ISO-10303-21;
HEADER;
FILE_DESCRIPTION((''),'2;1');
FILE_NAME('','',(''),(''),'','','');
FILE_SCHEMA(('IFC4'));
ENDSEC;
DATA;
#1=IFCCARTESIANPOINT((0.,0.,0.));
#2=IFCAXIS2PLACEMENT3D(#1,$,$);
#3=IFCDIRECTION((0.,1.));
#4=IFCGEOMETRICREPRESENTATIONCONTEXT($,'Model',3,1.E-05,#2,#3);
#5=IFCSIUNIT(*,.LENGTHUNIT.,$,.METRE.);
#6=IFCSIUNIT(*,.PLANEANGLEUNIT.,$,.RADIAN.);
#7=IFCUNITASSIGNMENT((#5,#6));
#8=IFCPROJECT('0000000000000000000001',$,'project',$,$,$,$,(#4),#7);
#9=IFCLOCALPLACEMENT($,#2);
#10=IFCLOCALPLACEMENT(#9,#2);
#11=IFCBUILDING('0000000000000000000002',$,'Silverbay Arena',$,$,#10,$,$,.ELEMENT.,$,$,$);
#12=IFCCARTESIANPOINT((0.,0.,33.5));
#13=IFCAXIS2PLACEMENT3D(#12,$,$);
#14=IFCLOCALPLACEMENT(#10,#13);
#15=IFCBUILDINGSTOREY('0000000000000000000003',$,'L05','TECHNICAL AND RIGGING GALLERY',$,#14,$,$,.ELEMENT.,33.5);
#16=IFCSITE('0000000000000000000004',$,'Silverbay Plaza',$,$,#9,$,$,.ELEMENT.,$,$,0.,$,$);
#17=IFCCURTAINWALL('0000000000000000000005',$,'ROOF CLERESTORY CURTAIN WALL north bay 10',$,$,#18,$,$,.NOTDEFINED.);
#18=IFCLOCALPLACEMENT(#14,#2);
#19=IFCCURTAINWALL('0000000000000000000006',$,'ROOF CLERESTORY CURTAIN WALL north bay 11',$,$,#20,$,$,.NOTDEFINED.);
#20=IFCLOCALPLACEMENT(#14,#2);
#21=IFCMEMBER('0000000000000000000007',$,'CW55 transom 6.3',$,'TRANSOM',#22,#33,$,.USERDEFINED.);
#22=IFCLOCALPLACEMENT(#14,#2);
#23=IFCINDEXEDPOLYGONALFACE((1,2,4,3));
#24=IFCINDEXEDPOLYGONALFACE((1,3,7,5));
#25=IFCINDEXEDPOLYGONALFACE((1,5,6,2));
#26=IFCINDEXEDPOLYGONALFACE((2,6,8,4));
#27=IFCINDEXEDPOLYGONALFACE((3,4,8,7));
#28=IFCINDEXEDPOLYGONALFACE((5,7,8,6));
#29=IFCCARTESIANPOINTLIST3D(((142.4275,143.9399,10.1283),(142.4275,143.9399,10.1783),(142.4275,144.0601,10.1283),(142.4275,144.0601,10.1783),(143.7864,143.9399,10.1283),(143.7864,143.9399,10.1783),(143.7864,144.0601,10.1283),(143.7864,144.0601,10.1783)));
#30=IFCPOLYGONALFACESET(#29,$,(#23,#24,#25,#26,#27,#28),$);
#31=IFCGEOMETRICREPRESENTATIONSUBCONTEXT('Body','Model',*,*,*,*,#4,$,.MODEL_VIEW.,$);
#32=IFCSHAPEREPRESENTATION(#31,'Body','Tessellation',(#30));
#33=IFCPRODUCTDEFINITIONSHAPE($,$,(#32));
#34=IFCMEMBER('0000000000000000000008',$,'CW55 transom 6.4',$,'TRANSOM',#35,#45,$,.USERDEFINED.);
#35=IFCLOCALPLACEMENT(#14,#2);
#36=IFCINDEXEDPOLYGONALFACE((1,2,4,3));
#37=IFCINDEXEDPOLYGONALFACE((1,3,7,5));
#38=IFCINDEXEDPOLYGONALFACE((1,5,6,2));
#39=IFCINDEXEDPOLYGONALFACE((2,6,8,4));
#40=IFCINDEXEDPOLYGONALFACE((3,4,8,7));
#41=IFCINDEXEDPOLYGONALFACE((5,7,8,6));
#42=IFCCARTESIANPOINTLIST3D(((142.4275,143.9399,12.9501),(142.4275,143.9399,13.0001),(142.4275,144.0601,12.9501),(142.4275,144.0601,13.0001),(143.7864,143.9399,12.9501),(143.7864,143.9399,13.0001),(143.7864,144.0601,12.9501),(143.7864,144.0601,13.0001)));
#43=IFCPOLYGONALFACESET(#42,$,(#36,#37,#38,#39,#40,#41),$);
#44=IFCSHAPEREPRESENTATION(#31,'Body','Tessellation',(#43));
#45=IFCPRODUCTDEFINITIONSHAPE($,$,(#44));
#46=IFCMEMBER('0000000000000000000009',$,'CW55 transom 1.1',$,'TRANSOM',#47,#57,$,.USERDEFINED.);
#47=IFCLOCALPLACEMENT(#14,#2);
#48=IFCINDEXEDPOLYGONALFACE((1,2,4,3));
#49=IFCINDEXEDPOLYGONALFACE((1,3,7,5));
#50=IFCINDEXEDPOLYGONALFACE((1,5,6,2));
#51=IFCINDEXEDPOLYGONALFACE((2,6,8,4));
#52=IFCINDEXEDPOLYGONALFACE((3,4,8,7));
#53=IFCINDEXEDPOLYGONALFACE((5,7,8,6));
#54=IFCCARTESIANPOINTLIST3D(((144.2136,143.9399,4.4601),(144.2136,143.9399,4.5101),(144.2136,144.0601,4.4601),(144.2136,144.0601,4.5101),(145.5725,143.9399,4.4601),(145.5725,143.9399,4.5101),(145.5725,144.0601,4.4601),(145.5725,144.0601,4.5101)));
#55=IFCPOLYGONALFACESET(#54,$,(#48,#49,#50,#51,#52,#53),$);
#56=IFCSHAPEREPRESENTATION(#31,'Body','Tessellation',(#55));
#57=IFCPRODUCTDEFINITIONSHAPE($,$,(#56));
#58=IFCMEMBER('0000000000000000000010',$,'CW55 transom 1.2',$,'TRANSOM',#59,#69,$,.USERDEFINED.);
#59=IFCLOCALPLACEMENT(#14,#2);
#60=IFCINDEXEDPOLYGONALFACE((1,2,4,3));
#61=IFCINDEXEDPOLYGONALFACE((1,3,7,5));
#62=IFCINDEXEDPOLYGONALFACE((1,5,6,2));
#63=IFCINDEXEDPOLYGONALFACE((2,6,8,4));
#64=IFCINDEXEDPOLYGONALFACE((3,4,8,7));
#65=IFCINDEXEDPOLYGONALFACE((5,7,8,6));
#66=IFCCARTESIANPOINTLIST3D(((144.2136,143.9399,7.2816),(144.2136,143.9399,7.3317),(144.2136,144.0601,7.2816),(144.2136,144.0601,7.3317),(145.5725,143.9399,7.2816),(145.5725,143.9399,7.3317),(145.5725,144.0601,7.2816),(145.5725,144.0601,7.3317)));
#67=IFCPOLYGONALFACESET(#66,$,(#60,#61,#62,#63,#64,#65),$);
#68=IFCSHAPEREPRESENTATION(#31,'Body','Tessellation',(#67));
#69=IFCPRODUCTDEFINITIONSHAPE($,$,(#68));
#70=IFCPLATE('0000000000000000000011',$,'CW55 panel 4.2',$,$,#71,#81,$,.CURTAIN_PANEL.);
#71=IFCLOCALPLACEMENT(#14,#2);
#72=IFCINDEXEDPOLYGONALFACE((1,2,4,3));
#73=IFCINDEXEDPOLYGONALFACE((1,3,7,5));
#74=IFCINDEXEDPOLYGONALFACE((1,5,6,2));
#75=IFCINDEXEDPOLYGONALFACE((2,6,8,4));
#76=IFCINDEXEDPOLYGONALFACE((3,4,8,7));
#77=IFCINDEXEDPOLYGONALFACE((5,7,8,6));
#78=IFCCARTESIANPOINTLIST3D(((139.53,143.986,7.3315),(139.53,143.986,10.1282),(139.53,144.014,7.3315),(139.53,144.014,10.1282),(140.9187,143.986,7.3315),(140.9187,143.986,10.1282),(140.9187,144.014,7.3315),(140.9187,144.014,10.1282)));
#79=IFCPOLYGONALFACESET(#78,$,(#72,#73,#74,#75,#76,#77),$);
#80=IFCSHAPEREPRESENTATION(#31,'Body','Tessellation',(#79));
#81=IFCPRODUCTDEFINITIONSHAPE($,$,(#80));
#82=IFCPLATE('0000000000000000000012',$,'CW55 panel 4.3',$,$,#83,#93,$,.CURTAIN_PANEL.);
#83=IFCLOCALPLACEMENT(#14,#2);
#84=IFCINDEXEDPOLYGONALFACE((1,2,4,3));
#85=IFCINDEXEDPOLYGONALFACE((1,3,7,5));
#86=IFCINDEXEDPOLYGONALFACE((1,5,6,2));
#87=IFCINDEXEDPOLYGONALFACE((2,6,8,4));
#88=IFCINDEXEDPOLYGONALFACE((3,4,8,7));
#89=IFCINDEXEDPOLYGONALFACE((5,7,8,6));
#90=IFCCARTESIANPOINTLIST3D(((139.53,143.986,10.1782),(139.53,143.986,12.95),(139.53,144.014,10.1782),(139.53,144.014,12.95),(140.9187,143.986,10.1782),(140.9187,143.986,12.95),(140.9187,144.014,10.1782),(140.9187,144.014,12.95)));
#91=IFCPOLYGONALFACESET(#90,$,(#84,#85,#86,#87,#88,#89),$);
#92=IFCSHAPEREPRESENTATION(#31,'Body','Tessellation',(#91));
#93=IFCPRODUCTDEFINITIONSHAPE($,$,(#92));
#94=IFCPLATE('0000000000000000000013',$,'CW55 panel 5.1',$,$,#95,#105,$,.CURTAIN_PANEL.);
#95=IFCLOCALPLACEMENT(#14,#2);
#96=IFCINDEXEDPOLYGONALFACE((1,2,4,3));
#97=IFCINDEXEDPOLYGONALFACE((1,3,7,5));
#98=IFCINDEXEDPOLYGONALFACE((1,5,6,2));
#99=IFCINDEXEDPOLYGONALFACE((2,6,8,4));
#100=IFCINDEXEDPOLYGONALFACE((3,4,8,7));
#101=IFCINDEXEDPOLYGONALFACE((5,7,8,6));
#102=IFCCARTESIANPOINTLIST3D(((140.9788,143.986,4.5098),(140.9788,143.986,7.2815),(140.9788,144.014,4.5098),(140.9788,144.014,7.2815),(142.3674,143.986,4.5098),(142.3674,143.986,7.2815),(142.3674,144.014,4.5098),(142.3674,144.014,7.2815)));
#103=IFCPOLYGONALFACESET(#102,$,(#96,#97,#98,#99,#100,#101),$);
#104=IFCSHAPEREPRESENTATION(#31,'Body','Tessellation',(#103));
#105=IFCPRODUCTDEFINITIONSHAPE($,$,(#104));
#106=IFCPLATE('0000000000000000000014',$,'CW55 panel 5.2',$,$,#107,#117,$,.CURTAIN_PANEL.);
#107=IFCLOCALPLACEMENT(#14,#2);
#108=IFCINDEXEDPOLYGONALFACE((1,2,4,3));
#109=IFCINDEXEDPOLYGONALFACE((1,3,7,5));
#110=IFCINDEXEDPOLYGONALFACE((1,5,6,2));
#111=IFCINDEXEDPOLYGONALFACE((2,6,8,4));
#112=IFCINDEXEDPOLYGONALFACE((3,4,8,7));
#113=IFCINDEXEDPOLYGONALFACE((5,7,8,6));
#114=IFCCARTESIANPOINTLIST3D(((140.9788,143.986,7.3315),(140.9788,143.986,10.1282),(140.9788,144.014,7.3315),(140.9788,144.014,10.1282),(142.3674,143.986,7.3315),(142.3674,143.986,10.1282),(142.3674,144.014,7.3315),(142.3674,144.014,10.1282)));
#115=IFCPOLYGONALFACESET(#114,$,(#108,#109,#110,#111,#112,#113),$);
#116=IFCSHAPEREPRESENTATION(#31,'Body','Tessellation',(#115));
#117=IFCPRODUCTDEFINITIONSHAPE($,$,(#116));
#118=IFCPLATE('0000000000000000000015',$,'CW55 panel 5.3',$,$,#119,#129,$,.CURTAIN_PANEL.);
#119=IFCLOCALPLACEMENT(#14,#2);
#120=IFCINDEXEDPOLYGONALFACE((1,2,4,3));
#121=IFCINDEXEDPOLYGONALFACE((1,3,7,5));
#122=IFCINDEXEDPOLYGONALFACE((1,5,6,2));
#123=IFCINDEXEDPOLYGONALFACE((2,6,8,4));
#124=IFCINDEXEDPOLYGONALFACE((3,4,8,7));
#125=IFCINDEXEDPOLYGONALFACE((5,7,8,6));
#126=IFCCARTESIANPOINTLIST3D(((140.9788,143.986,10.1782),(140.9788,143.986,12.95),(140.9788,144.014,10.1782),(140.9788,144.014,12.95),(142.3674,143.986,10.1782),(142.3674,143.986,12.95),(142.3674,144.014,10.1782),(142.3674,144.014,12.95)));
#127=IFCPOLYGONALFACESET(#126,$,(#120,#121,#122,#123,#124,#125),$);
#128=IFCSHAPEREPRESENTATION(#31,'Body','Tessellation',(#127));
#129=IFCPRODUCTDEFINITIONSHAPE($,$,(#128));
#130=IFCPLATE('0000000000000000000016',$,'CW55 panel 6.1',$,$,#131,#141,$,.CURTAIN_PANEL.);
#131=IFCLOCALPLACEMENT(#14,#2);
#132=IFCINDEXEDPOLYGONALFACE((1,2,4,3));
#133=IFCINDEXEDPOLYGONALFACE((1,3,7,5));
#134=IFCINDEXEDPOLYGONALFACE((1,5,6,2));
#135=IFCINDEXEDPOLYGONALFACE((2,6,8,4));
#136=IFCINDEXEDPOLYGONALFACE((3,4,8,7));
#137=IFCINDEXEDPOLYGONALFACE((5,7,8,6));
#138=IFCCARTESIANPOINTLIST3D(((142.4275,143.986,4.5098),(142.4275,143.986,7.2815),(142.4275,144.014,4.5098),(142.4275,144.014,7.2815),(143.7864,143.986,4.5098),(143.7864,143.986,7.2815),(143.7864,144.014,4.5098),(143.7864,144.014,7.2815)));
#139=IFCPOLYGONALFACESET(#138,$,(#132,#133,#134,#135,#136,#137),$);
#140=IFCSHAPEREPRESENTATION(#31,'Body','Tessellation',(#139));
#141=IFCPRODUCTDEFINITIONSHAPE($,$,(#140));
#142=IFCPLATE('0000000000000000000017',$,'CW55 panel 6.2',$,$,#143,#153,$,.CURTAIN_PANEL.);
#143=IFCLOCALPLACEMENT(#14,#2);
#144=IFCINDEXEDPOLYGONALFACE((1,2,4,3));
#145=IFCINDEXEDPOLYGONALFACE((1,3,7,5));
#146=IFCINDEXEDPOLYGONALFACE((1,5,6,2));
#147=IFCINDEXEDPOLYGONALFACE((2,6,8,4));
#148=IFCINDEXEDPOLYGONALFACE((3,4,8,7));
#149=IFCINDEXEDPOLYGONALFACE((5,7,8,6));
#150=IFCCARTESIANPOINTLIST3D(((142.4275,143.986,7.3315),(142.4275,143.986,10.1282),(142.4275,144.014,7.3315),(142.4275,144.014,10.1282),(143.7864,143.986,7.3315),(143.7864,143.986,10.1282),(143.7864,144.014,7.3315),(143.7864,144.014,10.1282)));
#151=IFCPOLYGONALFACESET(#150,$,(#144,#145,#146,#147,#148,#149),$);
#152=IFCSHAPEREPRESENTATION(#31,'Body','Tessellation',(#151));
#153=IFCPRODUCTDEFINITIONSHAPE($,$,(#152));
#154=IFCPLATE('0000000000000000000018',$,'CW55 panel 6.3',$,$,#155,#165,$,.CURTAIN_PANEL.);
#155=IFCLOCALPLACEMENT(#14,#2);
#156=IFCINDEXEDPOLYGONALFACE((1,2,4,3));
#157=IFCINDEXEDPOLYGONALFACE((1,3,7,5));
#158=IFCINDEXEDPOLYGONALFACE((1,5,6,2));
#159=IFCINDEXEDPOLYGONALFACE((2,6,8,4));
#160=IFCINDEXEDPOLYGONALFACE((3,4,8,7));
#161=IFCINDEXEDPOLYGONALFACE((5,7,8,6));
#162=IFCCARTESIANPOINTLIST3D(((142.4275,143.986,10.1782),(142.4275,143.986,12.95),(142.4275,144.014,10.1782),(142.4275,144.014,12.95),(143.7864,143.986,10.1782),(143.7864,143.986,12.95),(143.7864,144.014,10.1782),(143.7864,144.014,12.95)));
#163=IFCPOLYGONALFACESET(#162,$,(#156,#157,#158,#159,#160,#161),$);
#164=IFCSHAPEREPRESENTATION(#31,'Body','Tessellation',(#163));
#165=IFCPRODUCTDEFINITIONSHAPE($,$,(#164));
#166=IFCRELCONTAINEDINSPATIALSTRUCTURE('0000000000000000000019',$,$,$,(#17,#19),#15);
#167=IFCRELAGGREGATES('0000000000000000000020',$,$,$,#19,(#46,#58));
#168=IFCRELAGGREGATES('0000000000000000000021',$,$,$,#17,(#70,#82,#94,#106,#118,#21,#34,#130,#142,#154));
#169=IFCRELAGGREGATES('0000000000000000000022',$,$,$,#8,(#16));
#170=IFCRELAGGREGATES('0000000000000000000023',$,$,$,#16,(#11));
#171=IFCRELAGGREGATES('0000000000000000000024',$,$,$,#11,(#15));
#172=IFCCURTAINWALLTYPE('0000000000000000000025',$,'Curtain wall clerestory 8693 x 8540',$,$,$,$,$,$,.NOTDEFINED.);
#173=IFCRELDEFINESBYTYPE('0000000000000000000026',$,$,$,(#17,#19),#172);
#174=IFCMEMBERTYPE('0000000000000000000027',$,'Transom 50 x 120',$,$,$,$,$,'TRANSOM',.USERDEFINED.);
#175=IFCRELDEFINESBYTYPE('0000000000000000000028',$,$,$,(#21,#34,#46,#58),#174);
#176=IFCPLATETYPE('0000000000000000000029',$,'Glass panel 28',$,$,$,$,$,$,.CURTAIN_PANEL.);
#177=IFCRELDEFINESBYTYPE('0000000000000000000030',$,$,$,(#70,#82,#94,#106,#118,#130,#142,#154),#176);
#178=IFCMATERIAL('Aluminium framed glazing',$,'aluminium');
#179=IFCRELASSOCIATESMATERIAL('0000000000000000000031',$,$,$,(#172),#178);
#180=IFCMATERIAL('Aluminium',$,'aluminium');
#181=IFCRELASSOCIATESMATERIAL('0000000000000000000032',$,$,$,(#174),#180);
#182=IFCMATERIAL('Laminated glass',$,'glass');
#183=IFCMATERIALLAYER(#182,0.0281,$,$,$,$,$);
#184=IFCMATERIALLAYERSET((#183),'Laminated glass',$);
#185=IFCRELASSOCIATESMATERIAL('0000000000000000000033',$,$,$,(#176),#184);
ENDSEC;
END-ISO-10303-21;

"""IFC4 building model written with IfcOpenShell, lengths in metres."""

from ifc_helpers import new_model, si_unit, direction, frame, origin, origin_2d, place, context, subcontext, project, spatial, rectangle, extrude, material, layer, layer_set, material_profile, profile_set, type_object, element, aggregate, save


model = new_model("IFC4")

# Units and contexts
model_context = context("Model", 3, precision=1e-05, world=origin(), true_north=direction((0.0, 1.0)))
body_context = subcontext(model_context, "Body", "Model", "MODEL_VIEW")
ifc_project = project(units=[si_unit("LENGTHUNIT", "METRE"), si_unit("PLANEANGLEUNIT", "RADIAN")], contexts=[model_context])

# Site, building, storey
site_placement = place(None, origin())
site = spatial("IfcSite", under=ifc_project, at=site_placement, Name="Silverbay Plaza", CompositionType="ELEMENT", RefElevation=0.0)
building_placement = place(site_placement, origin())
building = spatial("IfcBuilding", under=site, at=building_placement, Name="Silverbay Arena", CompositionType="ELEMENT")
storey_placement = place(building_placement, frame((0.0, 0.0, 33.5)))
storey = spatial("IfcBuildingStorey", under=building, at=storey_placement, Name="L05", Description="TECHNICAL AND RIGGING GALLERY", CompositionType="ELEMENT", Elevation=33.5)

# Curtain wall
ifc_material_1 = material(Name="Aluminium framed glazing", Category="aluminium")
curtain_wall_type = type_object("IfcCurtainWallType", Name="Curtain wall clerestory 8693 x 8540", PredefinedType="NOTDEFINED", material=ifc_material_1)
curtain_wall_1_placement = place(storey_placement, origin())
curtain_wall_1 = element("IfcCurtainWall", 1, at=curtain_wall_1_placement, inside=storey, type_object=curtain_wall_type, Name="ROOF CLERESTORY CURTAIN WALL north bay 10", PredefinedType="NOTDEFINED")

# Curtain wall
curtain_wall_2_placement = place(storey_placement, origin())
curtain_wall_2 = element("IfcCurtainWall", 2, at=curtain_wall_2_placement, inside=storey, type_object=curtain_wall_type, Name="ROOF CLERESTORY CURTAIN WALL north bay 11", PredefinedType="NOTDEFINED")

# Members
ifc_material_2 = material(Name="Aluminium", Category="aluminium")
ifc_material_profile_1 = material_profile(ifc_material_2, rectangle(XDim=0.1201, YDim=0.05, at=origin_2d()), Name="Transom 50 x 120")
ifc_profile_set_1 = profile_set([ifc_material_profile_1], Name="Aluminium")
member_type_1 = type_object("IfcMemberType", Name="Transom 50 x 120", ElementType="TRANSOM", PredefinedType="USERDEFINED", material=ifc_profile_set_1)
member_1_placement = place(storey_placement, frame((142.4275, 144.0, 10.1533), z_axis=(1.0, 0.0, 0.0), x_axis=(0.0, 1.0, 0.0)))
member_1 = element("IfcMember", 3, at=member_1_placement, type_object=member_type_1, Name="CW55 transom 6.3", ObjectType="TRANSOM", PredefinedType="USERDEFINED", context=body_context, shape_type="SweptSolid", body=[
    extrude(rectangle(XDim=0.1201, YDim=0.05, at=origin_2d()), origin(), (0.0, 0.0, 1.0), 1.3589),
])
member_2_placement = place(storey_placement, frame((142.4275, 144.0, 12.9751), z_axis=(1.0, 0.0, 0.0), x_axis=(0.0, 1.0, 0.0)))
member_2 = element("IfcMember", 4, at=member_2_placement, type_object=member_type_1, Name="CW55 transom 6.4", ObjectType="TRANSOM", PredefinedType="USERDEFINED", context=body_context, shape_type="SweptSolid", body=[
    extrude(rectangle(XDim=0.1201, YDim=0.05, at=origin_2d()), origin(), (0.0, 0.0, 1.0), 1.3589),
])
member_3_placement = place(storey_placement, frame((144.2136, 144.0, 4.4851), z_axis=(1.0, 0.0, 0.0), x_axis=(0.0, 1.0, 0.0)))
member_3 = element("IfcMember", 5, at=member_3_placement, type_object=member_type_1, Name="CW55 transom 1.1", ObjectType="TRANSOM", PredefinedType="USERDEFINED", context=body_context, shape_type="SweptSolid", body=[
    extrude(rectangle(XDim=0.1201, YDim=0.05, at=origin_2d()), origin(), (0.0, 0.0, 1.0), 1.3589),
])
member_4_placement = place(storey_placement, frame((144.2136, 144.0, 7.3066), z_axis=(1.0, 0.0, 0.0), x_axis=(0.0, 1.0, 0.0)))
member_4 = element("IfcMember", 6, at=member_4_placement, type_object=member_type_1, Name="CW55 transom 1.2", ObjectType="TRANSOM", PredefinedType="USERDEFINED", context=body_context, shape_type="SweptSolid", body=[
    extrude(rectangle(XDim=0.1201, YDim=0.05, at=origin_2d()), origin(), (0.0, 0.0, 1.0), 1.3589),
])
aggregate(curtain_wall_2, [member_3, member_4])

# Plates
ifc_material_3 = material(Name="Laminated glass", Category="glass")
ifc_layer = layer(ifc_material_3, 0.0281)
ifc_layer_set = layer_set([ifc_layer], Name="Laminated glass")
plate_type = type_object("IfcPlateType", Name="Glass panel 28", PredefinedType="CURTAIN_PANEL", material=ifc_layer_set)
plate_1_placement = place(storey_placement, frame((140.2244, 144.0, 7.3315), z_axis=(0.0, 0.0, 1.0), x_axis=(1.0, 0.0, 0.0)))
plate_1 = element("IfcPlate", 7, at=plate_1_placement, type_object=plate_type, Name="CW55 panel 4.2", PredefinedType="CURTAIN_PANEL", context=body_context, shape_type="SweptSolid", body=[
    extrude(rectangle(XDim=1.3887, YDim=0.0281, at=origin_2d()), origin(), (0.0, 0.0, 1.0), 2.7966),
])
plate_2_placement = place(storey_placement, frame((140.2244, 144.0, 10.1782), z_axis=(0.0, 0.0, 1.0), x_axis=(1.0, 0.0, 0.0)))
plate_2 = element("IfcPlate", 8, at=plate_2_placement, type_object=plate_type, Name="CW55 panel 4.3", PredefinedType="CURTAIN_PANEL", context=body_context, shape_type="SweptSolid", body=[
    extrude(rectangle(XDim=1.3887, YDim=0.0281, at=origin_2d()), origin(), (0.0, 0.0, 1.0), 2.7717),
])
plate_3_placement = place(storey_placement, frame((141.6731, 144.0, 4.5098), z_axis=(0.0, 0.0, 1.0), x_axis=(1.0, 0.0, 0.0)))
plate_3 = element("IfcPlate", 9, at=plate_3_placement, type_object=plate_type, Name="CW55 panel 5.1", PredefinedType="CURTAIN_PANEL", context=body_context, shape_type="SweptSolid", body=[
    extrude(rectangle(XDim=1.3887, YDim=0.0281, at=origin_2d()), origin(), (0.0, 0.0, 1.0), 2.7717),
])
plate_4_placement = place(storey_placement, frame((141.6731, 144.0, 7.3315), z_axis=(0.0, 0.0, 1.0), x_axis=(1.0, 0.0, 0.0)))
plate_4 = element("IfcPlate", 10, at=plate_4_placement, type_object=plate_type, Name="CW55 panel 5.2", PredefinedType="CURTAIN_PANEL", context=body_context, shape_type="SweptSolid", body=[
    extrude(rectangle(XDim=1.3887, YDim=0.0281, at=origin_2d()), origin(), (0.0, 0.0, 1.0), 2.7966),
])
plate_5_placement = place(storey_placement, frame((141.6731, 144.0, 10.1782), z_axis=(0.0, 0.0, 1.0), x_axis=(1.0, 0.0, 0.0)))
plate_5 = element("IfcPlate", 11, at=plate_5_placement, type_object=plate_type, Name="CW55 panel 5.3", PredefinedType="CURTAIN_PANEL", context=body_context, shape_type="SweptSolid", body=[
    extrude(rectangle(XDim=1.3887, YDim=0.0281, at=origin_2d()), origin(), (0.0, 0.0, 1.0), 2.7717),
])
plate_6_placement = place(storey_placement, frame((143.1069, 144.0, 4.5098), z_axis=(0.0, 0.0, 1.0), x_axis=(1.0, 0.0, 0.0)))
plate_6 = element("IfcPlate", 12, at=plate_6_placement, type_object=plate_type, Name="CW55 panel 6.1", PredefinedType="CURTAIN_PANEL", context=body_context, shape_type="SweptSolid", body=[
    extrude(rectangle(XDim=1.3589, YDim=0.0281, at=origin_2d()), origin(), (0.0, 0.0, 1.0), 2.7717),
])
plate_7_placement = place(storey_placement, frame((143.1069, 144.0, 7.3315), z_axis=(0.0, 0.0, 1.0), x_axis=(1.0, 0.0, 0.0)))
plate_7 = element("IfcPlate", 13, at=plate_7_placement, type_object=plate_type, Name="CW55 panel 6.2", PredefinedType="CURTAIN_PANEL", context=body_context, shape_type="SweptSolid", body=[
    extrude(rectangle(XDim=1.3589, YDim=0.0281, at=origin_2d()), origin(), (0.0, 0.0, 1.0), 2.7966),
])
plate_8_placement = place(storey_placement, frame((143.1069, 144.0, 10.1782), z_axis=(0.0, 0.0, 1.0), x_axis=(1.0, 0.0, 0.0)))
plate_8 = element("IfcPlate", 14, at=plate_8_placement, type_object=plate_type, Name="CW55 panel 6.3", PredefinedType="CURTAIN_PANEL", context=body_context, shape_type="SweptSolid", body=[
    extrude(rectangle(XDim=1.3589, YDim=0.0281, at=origin_2d()), origin(), (0.0, 0.0, 1.0), 2.7717),
])
aggregate(curtain_wall_1, [plate_1, plate_2, plate_3, plate_4, plate_5, member_1, member_2, plate_6, plate_7, plate_8])

save(model, "model.ifc")
